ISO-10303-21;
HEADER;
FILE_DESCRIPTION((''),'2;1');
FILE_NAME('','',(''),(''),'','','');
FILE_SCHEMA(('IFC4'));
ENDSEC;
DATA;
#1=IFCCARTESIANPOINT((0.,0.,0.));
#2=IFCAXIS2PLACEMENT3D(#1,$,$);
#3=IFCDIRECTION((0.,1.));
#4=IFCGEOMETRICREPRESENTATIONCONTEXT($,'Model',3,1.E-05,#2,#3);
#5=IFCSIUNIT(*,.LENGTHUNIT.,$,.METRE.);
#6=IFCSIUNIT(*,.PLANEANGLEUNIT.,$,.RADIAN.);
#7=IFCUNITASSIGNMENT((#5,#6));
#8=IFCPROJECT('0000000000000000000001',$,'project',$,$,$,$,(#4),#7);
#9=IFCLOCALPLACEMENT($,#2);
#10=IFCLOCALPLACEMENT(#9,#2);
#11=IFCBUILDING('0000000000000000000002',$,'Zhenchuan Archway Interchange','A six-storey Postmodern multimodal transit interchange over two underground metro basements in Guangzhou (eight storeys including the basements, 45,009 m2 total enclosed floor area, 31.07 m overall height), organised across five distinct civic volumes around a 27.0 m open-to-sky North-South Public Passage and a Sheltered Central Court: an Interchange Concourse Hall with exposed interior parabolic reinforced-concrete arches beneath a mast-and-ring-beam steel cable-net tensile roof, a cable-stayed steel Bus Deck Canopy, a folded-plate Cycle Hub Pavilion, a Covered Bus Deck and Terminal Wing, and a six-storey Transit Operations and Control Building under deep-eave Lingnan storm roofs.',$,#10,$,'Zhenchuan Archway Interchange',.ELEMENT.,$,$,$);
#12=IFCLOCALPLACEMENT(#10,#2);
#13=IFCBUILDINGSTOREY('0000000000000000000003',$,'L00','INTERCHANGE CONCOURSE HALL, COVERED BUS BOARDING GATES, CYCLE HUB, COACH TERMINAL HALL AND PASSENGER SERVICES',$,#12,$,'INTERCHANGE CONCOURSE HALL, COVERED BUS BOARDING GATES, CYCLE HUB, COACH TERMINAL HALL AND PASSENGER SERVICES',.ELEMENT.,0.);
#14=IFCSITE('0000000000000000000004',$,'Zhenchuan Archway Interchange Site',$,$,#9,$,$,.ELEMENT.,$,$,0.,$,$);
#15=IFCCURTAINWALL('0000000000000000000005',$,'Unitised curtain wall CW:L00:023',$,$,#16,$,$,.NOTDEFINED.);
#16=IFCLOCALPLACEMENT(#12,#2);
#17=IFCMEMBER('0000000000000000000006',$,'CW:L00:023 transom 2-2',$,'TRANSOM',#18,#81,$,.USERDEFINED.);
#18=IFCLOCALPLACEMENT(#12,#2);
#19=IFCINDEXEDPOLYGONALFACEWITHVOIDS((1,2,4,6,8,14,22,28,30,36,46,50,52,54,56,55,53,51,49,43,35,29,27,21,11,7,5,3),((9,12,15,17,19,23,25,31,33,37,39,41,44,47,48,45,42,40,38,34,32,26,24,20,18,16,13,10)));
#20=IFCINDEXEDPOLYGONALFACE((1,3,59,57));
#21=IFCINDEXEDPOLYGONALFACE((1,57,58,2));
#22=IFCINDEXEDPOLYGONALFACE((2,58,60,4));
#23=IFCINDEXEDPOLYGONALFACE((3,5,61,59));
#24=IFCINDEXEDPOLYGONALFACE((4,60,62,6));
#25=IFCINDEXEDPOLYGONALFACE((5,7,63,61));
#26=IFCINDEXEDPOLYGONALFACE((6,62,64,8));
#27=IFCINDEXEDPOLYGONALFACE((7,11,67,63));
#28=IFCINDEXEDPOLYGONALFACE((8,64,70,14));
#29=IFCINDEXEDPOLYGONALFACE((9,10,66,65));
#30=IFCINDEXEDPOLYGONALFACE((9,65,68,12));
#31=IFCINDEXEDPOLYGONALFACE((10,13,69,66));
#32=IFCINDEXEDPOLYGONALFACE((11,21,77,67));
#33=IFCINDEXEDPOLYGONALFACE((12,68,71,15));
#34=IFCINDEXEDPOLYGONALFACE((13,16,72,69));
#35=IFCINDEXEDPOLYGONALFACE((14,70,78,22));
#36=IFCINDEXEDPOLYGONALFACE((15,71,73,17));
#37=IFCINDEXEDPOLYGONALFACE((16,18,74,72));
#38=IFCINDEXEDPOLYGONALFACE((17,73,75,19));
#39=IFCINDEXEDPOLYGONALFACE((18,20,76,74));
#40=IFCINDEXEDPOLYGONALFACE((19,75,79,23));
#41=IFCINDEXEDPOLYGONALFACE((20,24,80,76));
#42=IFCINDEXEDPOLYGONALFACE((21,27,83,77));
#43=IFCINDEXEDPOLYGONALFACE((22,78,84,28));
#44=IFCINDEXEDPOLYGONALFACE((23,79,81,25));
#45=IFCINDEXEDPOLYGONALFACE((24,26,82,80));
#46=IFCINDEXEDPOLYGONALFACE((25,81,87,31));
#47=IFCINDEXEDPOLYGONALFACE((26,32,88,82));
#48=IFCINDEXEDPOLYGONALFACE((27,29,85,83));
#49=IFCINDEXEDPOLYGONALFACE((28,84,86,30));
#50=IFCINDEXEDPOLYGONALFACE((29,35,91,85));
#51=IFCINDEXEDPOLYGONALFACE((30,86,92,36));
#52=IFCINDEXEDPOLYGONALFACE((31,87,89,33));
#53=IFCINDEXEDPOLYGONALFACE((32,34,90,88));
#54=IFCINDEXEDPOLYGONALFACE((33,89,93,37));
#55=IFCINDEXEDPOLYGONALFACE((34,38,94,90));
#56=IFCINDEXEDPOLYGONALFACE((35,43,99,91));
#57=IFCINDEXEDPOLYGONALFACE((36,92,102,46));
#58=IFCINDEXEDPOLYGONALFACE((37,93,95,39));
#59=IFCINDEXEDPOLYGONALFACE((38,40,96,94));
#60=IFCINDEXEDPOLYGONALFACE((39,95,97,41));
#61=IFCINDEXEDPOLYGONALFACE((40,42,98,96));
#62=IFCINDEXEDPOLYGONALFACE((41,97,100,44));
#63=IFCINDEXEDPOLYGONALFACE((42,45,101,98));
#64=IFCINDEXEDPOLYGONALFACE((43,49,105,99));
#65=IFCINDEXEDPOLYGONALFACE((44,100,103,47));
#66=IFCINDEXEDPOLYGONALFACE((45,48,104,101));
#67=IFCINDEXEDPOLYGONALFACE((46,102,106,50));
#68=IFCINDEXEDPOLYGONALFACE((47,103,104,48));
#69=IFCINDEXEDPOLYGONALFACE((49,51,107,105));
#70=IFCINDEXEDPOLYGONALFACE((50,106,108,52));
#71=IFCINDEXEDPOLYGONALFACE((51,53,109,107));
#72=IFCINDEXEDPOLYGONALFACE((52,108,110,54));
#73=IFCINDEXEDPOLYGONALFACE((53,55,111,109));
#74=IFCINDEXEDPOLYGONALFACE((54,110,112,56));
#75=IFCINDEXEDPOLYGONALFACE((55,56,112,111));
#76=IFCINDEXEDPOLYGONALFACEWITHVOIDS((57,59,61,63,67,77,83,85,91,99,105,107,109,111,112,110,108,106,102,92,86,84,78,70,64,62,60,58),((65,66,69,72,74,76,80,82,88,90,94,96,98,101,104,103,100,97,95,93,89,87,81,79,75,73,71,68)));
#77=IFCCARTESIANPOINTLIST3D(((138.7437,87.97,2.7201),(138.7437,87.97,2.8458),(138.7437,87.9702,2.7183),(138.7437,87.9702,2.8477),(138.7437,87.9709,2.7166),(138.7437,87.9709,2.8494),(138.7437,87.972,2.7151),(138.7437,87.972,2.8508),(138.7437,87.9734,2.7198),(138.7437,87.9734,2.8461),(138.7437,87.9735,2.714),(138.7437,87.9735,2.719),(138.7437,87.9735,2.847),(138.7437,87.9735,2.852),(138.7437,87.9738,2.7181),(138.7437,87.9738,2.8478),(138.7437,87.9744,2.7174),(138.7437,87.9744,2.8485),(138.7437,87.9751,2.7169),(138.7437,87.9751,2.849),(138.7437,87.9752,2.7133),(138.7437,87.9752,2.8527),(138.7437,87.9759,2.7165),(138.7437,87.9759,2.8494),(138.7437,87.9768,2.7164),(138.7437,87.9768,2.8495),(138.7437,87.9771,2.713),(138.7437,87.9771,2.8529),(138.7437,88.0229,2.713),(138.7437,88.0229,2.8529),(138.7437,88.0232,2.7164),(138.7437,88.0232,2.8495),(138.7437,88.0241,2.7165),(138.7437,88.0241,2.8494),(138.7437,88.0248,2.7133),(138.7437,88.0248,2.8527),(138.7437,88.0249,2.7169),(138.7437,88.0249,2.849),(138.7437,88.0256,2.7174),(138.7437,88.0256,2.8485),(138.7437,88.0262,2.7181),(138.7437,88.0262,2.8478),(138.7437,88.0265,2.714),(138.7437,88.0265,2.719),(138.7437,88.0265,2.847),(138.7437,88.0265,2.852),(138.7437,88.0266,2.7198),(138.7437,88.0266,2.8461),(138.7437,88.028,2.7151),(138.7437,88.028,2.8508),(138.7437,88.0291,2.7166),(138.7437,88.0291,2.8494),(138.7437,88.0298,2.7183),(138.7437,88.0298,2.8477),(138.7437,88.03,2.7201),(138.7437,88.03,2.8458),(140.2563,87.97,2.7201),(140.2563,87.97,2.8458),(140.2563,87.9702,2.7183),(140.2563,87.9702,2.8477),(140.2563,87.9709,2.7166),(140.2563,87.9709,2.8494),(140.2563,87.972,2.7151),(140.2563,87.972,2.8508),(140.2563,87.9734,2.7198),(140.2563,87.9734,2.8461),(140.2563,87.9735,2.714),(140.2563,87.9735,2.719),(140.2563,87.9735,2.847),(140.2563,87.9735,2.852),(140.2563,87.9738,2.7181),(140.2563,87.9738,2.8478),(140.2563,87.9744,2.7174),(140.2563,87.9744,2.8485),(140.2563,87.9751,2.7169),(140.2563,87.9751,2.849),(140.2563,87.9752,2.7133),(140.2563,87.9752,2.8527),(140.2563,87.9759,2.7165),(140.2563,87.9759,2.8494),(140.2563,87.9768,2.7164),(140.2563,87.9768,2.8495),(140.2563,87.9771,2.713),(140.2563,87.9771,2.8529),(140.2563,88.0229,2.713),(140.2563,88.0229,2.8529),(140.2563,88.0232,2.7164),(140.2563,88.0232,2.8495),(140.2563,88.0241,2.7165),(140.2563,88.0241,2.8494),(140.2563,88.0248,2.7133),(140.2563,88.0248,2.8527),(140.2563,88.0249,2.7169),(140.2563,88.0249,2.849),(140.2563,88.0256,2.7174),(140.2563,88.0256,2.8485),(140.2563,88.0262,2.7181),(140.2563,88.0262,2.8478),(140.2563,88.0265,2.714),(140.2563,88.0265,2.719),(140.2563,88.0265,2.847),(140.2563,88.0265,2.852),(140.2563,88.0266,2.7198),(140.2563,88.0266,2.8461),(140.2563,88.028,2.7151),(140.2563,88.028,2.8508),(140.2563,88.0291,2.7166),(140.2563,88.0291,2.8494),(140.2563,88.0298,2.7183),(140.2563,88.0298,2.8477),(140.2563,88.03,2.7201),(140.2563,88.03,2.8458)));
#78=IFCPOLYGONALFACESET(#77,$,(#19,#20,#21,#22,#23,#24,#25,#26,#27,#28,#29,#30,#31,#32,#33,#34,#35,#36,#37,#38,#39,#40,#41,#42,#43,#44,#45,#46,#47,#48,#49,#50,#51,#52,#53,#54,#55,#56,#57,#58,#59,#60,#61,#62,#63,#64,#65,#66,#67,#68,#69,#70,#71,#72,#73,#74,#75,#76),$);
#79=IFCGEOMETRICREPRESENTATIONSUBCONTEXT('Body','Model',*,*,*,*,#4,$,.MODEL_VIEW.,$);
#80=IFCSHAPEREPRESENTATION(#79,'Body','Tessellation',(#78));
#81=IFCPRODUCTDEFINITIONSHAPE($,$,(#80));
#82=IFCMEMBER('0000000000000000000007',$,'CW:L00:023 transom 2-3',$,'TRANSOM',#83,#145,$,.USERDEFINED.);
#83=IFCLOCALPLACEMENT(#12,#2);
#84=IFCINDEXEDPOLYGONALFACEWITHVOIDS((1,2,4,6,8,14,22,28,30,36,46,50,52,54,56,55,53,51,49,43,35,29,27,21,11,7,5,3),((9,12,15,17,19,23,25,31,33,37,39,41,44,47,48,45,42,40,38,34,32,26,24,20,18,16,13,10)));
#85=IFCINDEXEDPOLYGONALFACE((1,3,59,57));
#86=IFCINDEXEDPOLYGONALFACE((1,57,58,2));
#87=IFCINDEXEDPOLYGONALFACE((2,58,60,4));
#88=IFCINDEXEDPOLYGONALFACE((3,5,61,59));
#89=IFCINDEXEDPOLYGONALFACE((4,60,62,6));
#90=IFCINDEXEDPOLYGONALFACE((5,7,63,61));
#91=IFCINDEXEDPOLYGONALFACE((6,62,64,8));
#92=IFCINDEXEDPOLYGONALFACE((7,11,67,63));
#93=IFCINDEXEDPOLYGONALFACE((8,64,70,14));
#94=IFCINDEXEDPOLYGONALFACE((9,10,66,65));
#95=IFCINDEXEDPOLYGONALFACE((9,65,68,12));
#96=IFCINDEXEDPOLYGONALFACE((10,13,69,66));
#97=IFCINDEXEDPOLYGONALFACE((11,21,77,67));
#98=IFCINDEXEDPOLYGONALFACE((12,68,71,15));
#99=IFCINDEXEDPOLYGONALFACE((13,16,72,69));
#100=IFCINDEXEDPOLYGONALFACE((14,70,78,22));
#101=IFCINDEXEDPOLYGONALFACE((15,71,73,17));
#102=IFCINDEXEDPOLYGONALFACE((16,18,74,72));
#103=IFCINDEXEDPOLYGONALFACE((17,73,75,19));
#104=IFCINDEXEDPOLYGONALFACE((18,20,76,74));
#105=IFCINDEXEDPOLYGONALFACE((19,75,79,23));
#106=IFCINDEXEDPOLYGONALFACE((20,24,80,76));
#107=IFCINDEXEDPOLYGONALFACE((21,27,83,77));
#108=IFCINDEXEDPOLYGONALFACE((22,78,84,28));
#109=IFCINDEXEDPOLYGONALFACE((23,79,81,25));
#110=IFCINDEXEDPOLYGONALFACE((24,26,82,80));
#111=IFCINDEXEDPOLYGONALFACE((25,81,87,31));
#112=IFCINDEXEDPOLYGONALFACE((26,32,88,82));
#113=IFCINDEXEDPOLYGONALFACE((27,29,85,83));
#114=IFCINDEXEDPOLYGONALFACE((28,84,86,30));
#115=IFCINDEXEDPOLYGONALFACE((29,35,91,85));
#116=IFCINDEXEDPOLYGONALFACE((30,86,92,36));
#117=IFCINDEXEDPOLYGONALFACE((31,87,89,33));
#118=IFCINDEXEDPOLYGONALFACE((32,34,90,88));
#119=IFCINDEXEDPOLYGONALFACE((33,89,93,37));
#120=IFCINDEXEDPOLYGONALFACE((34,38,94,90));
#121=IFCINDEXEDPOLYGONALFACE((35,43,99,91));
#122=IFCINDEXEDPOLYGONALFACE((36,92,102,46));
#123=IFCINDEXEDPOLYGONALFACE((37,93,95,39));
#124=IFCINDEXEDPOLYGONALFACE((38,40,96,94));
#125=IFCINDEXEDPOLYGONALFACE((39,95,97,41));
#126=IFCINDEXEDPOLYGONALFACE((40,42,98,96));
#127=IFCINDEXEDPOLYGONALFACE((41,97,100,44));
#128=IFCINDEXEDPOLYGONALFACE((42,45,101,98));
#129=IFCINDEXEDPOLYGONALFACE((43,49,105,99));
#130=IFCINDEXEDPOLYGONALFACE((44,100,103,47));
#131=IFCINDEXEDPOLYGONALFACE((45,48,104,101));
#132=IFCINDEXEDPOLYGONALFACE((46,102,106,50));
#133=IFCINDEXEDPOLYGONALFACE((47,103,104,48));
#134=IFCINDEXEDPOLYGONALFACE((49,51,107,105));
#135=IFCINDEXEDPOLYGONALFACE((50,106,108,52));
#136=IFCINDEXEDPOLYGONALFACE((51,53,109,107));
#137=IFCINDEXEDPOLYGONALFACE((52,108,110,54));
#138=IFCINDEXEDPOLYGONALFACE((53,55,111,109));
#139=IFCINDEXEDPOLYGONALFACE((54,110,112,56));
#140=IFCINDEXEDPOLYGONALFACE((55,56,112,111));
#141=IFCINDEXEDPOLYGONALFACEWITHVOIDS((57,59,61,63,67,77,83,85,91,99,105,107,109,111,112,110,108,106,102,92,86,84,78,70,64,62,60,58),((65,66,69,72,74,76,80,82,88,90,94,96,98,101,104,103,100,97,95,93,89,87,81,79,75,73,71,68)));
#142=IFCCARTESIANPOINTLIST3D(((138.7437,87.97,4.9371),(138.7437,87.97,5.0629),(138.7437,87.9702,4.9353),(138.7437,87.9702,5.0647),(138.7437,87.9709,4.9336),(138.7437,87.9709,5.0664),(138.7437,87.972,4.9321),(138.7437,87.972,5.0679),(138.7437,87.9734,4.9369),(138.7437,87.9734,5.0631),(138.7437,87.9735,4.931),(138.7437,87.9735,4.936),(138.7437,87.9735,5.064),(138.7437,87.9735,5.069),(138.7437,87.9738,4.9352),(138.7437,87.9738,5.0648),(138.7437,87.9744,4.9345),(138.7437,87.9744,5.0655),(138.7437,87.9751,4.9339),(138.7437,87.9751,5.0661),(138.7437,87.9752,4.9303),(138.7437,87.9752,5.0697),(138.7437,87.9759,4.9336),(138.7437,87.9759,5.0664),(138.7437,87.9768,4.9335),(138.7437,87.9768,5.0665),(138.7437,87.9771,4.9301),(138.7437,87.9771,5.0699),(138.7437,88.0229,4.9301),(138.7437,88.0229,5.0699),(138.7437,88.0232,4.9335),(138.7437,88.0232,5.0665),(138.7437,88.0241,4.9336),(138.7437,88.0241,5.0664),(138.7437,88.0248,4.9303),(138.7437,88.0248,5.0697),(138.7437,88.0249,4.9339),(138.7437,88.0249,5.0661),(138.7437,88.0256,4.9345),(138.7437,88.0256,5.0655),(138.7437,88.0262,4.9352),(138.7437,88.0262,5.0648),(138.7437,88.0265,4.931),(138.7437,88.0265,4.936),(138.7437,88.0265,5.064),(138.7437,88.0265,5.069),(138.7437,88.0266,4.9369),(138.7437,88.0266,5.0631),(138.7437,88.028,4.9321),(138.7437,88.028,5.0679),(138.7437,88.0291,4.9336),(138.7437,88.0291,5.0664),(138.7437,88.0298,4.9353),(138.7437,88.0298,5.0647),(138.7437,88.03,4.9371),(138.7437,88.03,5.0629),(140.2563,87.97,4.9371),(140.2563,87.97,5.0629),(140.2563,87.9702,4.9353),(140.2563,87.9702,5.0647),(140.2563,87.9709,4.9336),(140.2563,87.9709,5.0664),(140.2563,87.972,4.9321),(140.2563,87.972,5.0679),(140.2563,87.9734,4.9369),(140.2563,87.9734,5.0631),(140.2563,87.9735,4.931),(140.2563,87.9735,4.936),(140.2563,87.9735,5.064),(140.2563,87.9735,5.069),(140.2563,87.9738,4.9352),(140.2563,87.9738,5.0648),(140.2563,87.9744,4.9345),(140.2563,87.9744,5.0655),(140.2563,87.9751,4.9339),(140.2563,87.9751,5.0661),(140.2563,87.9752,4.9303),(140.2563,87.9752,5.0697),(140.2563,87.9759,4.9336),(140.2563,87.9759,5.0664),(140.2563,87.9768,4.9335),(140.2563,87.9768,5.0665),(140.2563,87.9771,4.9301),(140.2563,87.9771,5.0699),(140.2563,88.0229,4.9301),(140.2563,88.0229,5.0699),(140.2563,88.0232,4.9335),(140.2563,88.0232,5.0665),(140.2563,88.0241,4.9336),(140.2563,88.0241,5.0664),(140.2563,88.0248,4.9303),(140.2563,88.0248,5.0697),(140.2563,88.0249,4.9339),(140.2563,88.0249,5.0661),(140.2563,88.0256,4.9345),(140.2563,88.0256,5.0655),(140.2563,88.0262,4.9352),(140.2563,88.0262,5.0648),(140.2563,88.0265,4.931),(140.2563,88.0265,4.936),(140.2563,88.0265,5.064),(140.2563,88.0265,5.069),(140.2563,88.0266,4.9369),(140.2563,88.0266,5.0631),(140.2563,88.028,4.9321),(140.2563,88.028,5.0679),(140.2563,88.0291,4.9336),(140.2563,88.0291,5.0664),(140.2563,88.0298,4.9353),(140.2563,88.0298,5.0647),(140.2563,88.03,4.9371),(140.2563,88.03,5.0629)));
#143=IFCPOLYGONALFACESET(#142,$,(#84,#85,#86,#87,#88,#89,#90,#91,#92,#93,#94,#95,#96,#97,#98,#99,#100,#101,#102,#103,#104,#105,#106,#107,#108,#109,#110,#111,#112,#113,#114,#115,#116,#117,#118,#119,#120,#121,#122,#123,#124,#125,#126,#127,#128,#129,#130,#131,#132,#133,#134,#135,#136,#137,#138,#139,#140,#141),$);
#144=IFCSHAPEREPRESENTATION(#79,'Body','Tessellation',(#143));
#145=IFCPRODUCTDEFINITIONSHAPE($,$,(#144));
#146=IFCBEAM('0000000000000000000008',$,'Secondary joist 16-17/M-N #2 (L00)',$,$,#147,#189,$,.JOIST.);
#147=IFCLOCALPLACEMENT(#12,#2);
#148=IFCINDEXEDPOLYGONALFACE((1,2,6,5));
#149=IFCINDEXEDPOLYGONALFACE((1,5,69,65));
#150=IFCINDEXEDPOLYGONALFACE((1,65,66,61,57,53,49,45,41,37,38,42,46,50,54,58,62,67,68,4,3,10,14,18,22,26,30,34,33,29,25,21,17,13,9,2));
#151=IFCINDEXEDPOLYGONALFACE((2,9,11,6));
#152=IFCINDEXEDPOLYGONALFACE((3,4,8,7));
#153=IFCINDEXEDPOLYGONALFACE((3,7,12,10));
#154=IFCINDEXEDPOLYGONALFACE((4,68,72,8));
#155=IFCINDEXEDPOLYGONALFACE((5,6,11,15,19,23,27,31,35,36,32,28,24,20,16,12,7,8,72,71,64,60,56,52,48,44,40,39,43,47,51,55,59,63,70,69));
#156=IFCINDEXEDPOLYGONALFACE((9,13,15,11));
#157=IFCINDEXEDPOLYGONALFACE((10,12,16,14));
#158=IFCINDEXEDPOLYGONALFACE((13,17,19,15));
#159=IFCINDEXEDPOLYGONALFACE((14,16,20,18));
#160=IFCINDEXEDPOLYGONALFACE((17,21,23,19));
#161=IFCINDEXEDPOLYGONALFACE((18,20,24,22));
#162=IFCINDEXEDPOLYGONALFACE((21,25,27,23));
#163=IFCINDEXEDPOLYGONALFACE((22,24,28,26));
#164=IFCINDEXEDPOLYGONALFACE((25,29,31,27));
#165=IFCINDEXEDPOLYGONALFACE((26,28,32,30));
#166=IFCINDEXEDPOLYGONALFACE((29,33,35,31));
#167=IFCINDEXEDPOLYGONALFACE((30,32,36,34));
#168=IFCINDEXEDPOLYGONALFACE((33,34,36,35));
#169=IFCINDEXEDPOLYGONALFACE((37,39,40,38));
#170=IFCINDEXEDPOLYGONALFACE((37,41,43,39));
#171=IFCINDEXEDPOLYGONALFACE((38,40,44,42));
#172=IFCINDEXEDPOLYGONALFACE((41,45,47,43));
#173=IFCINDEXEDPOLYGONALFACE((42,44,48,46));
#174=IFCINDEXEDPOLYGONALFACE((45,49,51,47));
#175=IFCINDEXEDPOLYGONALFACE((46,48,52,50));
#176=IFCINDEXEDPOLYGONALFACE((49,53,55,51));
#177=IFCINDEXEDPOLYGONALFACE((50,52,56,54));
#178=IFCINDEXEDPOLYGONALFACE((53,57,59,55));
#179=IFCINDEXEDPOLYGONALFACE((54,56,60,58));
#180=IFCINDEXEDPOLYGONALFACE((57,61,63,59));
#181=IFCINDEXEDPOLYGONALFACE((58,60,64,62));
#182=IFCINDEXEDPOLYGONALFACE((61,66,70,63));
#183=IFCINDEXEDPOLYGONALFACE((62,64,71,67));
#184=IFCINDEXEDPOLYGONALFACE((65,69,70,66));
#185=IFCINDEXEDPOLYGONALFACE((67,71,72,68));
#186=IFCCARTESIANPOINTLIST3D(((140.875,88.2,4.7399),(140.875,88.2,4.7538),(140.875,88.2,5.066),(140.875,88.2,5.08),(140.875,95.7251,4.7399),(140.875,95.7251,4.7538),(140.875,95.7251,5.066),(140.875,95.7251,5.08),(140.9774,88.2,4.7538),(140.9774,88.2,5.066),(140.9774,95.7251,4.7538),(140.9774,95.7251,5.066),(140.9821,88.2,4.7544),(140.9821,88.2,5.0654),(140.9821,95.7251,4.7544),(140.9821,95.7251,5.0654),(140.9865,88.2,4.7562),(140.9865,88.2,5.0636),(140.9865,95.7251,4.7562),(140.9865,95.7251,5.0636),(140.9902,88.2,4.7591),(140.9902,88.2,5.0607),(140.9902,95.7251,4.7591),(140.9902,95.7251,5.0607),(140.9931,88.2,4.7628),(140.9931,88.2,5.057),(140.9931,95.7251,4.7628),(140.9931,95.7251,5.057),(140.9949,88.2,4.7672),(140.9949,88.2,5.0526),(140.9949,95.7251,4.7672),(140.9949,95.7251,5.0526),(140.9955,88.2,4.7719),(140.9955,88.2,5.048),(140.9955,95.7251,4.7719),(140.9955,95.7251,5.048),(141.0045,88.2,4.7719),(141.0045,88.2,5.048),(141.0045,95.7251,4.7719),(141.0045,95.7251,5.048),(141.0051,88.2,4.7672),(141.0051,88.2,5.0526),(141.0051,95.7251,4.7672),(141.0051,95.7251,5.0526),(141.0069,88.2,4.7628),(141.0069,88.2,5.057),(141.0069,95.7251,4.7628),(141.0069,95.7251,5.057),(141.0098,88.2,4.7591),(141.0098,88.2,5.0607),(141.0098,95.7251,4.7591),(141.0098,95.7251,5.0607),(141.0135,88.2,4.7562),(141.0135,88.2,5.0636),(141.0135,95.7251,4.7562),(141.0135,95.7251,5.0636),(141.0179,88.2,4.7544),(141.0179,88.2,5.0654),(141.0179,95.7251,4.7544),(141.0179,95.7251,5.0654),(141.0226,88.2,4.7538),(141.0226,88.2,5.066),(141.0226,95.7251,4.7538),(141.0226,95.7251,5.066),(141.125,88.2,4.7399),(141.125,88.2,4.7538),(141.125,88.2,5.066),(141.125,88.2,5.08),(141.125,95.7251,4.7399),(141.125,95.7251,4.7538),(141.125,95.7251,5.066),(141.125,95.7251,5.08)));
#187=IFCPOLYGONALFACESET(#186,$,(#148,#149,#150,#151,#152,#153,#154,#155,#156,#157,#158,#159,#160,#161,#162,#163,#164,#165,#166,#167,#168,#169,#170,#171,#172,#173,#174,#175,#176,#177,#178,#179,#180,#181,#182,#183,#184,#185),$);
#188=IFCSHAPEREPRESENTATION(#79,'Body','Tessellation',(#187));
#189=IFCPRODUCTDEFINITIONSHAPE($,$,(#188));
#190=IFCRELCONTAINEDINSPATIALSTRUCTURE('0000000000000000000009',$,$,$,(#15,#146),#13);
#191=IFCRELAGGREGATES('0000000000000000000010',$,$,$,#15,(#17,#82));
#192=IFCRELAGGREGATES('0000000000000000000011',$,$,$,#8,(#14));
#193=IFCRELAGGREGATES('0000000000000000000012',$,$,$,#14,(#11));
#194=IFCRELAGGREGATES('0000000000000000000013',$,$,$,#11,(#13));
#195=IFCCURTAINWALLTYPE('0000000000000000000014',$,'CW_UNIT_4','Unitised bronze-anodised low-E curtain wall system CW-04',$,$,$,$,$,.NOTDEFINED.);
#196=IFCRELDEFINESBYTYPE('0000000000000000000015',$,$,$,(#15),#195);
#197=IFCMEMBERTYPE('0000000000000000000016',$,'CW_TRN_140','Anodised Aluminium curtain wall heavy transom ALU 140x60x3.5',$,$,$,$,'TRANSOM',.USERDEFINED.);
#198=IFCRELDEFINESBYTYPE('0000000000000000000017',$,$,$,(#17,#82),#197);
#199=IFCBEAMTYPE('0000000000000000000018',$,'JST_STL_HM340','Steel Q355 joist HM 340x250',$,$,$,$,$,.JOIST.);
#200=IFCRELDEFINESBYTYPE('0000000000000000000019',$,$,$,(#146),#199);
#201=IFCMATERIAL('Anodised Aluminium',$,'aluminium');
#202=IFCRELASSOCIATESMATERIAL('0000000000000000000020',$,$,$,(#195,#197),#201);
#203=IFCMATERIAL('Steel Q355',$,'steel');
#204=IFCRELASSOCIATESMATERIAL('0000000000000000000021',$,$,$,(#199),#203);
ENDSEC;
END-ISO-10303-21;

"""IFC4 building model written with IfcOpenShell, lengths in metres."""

from ifc_helpers import new_model, si_unit, direction, frame, origin, origin_2d, place, context, subcontext, project, spatial, hollow_rectangle, i_section, extrude, material, material_profile, profile_set, type_object, element, aggregate, save


model = new_model("IFC4")

# Units and contexts
model_context = context("Model", 3, precision=1e-05, world=origin(), true_north=direction((0.0, 1.0)))
body_context = subcontext(model_context, "Body", "Model", "MODEL_VIEW")
ifc_project = project(units=[si_unit("LENGTHUNIT", "METRE"), si_unit("PLANEANGLEUNIT", "RADIAN")], contexts=[model_context])

# Site, building, storey
site_placement = place(None, origin())
site = spatial("IfcSite", under=ifc_project, at=site_placement, Name="Zhenchuan Archway Interchange Site", CompositionType="ELEMENT", RefElevation=0.0)
building_placement = place(site_placement, origin())
building = spatial("IfcBuilding", under=site, at=building_placement, Name="Zhenchuan Archway Interchange", Description="A six-storey Postmodern multimodal transit interchange over two underground metro basements in Guangzhou (eight storeys including the basements, 45,009 m2 total enclosed floor area, 31.07 m overall height), organised across five distinct civic volumes around a 27.0 m open-to-sky North-South Public Passage and a Sheltered Central Court: an Interchange Concourse Hall with exposed interior parabolic reinforced-concrete arches beneath a mast-and-ring-beam steel cable-net tensile roof, a cable-stayed steel Bus Deck Canopy, a folded-plate Cycle Hub Pavilion, a Covered Bus Deck and Terminal Wing, and a six-storey Transit Operations and Control Building under deep-eave Lingnan storm roofs.", LongName="Zhenchuan Archway Interchange", CompositionType="ELEMENT")
storey_placement = place(building_placement, origin())
storey = spatial("IfcBuildingStorey", under=building, at=storey_placement, Name="L00", Description="INTERCHANGE CONCOURSE HALL, COVERED BUS BOARDING GATES, CYCLE HUB, COACH TERMINAL HALL AND PASSENGER SERVICES", LongName="INTERCHANGE CONCOURSE HALL, COVERED BUS BOARDING GATES, CYCLE HUB, COACH TERMINAL HALL AND PASSENGER SERVICES", CompositionType="ELEMENT", Elevation=0.0)

# Curtain wall, members
ifc_material_1 = material(Name="Anodised Aluminium", Category="aluminium")
curtain_wall_type = type_object("IfcCurtainWallType", Name="CW_UNIT_4", Description="Unitised bronze-anodised low-E curtain wall system CW-04", PredefinedType="NOTDEFINED", material=ifc_material_1)
curtain_wall_placement = place(storey_placement, origin())
curtain_wall = element("IfcCurtainWall", 1, at=curtain_wall_placement, inside=storey, type_object=curtain_wall_type, Name="Unitised curtain wall CW:L00:023", PredefinedType="NOTDEFINED")
ifc_material_profile_1 = material_profile(ifc_material_1, hollow_rectangle(XDim=0.0601, YDim=0.1399, WallThickness=0.0034, InnerFilletRadius=0.0034, OuterFilletRadius=0.0071, at=origin_2d()), Name="ALU 140x60x3.5")
ifc_profile_set_1 = profile_set([ifc_material_profile_1], Name="Anodised Aluminium")
member_type_1 = type_object("IfcMemberType", Name="CW_TRN_140", Description="Anodised Aluminium curtain wall heavy transom ALU 140x60x3.5", ElementType="TRANSOM", PredefinedType="USERDEFINED", material=ifc_profile_set_1)
member_1_placement = place(storey_placement, frame((140.2563, 88.0, 2.783), z_axis=(-1.0, 0.0, 0.0), x_axis=(0.0, -1.0, 0.0)))
member_1 = element("IfcMember", 2, at=member_1_placement, type_object=member_type_1, Name="CW:L00:023 transom 2-2", ObjectType="TRANSOM", PredefinedType="USERDEFINED", context=body_context, shape_type="SweptSolid", body=[
    extrude(hollow_rectangle(XDim=0.0601, YDim=0.1399, WallThickness=0.0034, InnerFilletRadius=0.0034, OuterFilletRadius=0.0071, at=origin_2d()), origin(), (0.0, 0.0, 1.0), 1.5127),
])
member_2_placement = place(storey_placement, frame((140.2563, 88.0, 5.0), z_axis=(-1.0, 0.0, 0.0), x_axis=(0.0, -1.0, 0.0)))
member_2 = element("IfcMember", 3, at=member_2_placement, type_object=member_type_1, Name="CW:L00:023 transom 2-3", ObjectType="TRANSOM", PredefinedType="USERDEFINED", context=body_context, shape_type="SweptSolid", body=[
    extrude(hollow_rectangle(XDim=0.0601, YDim=0.1399, WallThickness=0.0034, InnerFilletRadius=0.0034, OuterFilletRadius=0.0071, at=origin_2d()), origin(), (0.0, 0.0, 1.0), 1.5127),
])

# Beam
ifc_material_2 = material(Name="Steel Q355", Category="steel")
ifc_material_profile_2 = material_profile(ifc_material_2, i_section(OverallWidth=0.25, OverallDepth=0.3401, WebThickness=0.009, FlangeThickness=0.0139, FilletRadius=0.0181, at=origin_2d()), Name="HM 340x250")
ifc_profile_set_2 = profile_set([ifc_material_profile_2], Name="Steel Q355")
beam_type = type_object("IfcBeamType", Name="JST_STL_HM340", Description="Steel Q355 joist HM 340x250", PredefinedType="JOIST", material=ifc_profile_set_2)
beam_placement = place(storey_placement, frame((141.0, 88.2, 4.9099), z_axis=(0.0, 1.0, 0.0), x_axis=(-1.0, 0.0, 0.0)))
element("IfcBeam", 4, at=beam_placement, inside=storey, type_object=beam_type, Name="Secondary joist 16-17/M-N #2 (L00)", PredefinedType="JOIST", context=body_context, shape_type="SweptSolid", body=[
    extrude(i_section(OverallWidth=0.25, OverallDepth=0.3401, WebThickness=0.009, FlangeThickness=0.0139, FilletRadius=0.0181, at=origin_2d()), origin(), (0.0, 0.0, 1.0), 7.5251),
])

aggregate(curtain_wall, [member_1, member_2])

save(model, "model.ifc")
